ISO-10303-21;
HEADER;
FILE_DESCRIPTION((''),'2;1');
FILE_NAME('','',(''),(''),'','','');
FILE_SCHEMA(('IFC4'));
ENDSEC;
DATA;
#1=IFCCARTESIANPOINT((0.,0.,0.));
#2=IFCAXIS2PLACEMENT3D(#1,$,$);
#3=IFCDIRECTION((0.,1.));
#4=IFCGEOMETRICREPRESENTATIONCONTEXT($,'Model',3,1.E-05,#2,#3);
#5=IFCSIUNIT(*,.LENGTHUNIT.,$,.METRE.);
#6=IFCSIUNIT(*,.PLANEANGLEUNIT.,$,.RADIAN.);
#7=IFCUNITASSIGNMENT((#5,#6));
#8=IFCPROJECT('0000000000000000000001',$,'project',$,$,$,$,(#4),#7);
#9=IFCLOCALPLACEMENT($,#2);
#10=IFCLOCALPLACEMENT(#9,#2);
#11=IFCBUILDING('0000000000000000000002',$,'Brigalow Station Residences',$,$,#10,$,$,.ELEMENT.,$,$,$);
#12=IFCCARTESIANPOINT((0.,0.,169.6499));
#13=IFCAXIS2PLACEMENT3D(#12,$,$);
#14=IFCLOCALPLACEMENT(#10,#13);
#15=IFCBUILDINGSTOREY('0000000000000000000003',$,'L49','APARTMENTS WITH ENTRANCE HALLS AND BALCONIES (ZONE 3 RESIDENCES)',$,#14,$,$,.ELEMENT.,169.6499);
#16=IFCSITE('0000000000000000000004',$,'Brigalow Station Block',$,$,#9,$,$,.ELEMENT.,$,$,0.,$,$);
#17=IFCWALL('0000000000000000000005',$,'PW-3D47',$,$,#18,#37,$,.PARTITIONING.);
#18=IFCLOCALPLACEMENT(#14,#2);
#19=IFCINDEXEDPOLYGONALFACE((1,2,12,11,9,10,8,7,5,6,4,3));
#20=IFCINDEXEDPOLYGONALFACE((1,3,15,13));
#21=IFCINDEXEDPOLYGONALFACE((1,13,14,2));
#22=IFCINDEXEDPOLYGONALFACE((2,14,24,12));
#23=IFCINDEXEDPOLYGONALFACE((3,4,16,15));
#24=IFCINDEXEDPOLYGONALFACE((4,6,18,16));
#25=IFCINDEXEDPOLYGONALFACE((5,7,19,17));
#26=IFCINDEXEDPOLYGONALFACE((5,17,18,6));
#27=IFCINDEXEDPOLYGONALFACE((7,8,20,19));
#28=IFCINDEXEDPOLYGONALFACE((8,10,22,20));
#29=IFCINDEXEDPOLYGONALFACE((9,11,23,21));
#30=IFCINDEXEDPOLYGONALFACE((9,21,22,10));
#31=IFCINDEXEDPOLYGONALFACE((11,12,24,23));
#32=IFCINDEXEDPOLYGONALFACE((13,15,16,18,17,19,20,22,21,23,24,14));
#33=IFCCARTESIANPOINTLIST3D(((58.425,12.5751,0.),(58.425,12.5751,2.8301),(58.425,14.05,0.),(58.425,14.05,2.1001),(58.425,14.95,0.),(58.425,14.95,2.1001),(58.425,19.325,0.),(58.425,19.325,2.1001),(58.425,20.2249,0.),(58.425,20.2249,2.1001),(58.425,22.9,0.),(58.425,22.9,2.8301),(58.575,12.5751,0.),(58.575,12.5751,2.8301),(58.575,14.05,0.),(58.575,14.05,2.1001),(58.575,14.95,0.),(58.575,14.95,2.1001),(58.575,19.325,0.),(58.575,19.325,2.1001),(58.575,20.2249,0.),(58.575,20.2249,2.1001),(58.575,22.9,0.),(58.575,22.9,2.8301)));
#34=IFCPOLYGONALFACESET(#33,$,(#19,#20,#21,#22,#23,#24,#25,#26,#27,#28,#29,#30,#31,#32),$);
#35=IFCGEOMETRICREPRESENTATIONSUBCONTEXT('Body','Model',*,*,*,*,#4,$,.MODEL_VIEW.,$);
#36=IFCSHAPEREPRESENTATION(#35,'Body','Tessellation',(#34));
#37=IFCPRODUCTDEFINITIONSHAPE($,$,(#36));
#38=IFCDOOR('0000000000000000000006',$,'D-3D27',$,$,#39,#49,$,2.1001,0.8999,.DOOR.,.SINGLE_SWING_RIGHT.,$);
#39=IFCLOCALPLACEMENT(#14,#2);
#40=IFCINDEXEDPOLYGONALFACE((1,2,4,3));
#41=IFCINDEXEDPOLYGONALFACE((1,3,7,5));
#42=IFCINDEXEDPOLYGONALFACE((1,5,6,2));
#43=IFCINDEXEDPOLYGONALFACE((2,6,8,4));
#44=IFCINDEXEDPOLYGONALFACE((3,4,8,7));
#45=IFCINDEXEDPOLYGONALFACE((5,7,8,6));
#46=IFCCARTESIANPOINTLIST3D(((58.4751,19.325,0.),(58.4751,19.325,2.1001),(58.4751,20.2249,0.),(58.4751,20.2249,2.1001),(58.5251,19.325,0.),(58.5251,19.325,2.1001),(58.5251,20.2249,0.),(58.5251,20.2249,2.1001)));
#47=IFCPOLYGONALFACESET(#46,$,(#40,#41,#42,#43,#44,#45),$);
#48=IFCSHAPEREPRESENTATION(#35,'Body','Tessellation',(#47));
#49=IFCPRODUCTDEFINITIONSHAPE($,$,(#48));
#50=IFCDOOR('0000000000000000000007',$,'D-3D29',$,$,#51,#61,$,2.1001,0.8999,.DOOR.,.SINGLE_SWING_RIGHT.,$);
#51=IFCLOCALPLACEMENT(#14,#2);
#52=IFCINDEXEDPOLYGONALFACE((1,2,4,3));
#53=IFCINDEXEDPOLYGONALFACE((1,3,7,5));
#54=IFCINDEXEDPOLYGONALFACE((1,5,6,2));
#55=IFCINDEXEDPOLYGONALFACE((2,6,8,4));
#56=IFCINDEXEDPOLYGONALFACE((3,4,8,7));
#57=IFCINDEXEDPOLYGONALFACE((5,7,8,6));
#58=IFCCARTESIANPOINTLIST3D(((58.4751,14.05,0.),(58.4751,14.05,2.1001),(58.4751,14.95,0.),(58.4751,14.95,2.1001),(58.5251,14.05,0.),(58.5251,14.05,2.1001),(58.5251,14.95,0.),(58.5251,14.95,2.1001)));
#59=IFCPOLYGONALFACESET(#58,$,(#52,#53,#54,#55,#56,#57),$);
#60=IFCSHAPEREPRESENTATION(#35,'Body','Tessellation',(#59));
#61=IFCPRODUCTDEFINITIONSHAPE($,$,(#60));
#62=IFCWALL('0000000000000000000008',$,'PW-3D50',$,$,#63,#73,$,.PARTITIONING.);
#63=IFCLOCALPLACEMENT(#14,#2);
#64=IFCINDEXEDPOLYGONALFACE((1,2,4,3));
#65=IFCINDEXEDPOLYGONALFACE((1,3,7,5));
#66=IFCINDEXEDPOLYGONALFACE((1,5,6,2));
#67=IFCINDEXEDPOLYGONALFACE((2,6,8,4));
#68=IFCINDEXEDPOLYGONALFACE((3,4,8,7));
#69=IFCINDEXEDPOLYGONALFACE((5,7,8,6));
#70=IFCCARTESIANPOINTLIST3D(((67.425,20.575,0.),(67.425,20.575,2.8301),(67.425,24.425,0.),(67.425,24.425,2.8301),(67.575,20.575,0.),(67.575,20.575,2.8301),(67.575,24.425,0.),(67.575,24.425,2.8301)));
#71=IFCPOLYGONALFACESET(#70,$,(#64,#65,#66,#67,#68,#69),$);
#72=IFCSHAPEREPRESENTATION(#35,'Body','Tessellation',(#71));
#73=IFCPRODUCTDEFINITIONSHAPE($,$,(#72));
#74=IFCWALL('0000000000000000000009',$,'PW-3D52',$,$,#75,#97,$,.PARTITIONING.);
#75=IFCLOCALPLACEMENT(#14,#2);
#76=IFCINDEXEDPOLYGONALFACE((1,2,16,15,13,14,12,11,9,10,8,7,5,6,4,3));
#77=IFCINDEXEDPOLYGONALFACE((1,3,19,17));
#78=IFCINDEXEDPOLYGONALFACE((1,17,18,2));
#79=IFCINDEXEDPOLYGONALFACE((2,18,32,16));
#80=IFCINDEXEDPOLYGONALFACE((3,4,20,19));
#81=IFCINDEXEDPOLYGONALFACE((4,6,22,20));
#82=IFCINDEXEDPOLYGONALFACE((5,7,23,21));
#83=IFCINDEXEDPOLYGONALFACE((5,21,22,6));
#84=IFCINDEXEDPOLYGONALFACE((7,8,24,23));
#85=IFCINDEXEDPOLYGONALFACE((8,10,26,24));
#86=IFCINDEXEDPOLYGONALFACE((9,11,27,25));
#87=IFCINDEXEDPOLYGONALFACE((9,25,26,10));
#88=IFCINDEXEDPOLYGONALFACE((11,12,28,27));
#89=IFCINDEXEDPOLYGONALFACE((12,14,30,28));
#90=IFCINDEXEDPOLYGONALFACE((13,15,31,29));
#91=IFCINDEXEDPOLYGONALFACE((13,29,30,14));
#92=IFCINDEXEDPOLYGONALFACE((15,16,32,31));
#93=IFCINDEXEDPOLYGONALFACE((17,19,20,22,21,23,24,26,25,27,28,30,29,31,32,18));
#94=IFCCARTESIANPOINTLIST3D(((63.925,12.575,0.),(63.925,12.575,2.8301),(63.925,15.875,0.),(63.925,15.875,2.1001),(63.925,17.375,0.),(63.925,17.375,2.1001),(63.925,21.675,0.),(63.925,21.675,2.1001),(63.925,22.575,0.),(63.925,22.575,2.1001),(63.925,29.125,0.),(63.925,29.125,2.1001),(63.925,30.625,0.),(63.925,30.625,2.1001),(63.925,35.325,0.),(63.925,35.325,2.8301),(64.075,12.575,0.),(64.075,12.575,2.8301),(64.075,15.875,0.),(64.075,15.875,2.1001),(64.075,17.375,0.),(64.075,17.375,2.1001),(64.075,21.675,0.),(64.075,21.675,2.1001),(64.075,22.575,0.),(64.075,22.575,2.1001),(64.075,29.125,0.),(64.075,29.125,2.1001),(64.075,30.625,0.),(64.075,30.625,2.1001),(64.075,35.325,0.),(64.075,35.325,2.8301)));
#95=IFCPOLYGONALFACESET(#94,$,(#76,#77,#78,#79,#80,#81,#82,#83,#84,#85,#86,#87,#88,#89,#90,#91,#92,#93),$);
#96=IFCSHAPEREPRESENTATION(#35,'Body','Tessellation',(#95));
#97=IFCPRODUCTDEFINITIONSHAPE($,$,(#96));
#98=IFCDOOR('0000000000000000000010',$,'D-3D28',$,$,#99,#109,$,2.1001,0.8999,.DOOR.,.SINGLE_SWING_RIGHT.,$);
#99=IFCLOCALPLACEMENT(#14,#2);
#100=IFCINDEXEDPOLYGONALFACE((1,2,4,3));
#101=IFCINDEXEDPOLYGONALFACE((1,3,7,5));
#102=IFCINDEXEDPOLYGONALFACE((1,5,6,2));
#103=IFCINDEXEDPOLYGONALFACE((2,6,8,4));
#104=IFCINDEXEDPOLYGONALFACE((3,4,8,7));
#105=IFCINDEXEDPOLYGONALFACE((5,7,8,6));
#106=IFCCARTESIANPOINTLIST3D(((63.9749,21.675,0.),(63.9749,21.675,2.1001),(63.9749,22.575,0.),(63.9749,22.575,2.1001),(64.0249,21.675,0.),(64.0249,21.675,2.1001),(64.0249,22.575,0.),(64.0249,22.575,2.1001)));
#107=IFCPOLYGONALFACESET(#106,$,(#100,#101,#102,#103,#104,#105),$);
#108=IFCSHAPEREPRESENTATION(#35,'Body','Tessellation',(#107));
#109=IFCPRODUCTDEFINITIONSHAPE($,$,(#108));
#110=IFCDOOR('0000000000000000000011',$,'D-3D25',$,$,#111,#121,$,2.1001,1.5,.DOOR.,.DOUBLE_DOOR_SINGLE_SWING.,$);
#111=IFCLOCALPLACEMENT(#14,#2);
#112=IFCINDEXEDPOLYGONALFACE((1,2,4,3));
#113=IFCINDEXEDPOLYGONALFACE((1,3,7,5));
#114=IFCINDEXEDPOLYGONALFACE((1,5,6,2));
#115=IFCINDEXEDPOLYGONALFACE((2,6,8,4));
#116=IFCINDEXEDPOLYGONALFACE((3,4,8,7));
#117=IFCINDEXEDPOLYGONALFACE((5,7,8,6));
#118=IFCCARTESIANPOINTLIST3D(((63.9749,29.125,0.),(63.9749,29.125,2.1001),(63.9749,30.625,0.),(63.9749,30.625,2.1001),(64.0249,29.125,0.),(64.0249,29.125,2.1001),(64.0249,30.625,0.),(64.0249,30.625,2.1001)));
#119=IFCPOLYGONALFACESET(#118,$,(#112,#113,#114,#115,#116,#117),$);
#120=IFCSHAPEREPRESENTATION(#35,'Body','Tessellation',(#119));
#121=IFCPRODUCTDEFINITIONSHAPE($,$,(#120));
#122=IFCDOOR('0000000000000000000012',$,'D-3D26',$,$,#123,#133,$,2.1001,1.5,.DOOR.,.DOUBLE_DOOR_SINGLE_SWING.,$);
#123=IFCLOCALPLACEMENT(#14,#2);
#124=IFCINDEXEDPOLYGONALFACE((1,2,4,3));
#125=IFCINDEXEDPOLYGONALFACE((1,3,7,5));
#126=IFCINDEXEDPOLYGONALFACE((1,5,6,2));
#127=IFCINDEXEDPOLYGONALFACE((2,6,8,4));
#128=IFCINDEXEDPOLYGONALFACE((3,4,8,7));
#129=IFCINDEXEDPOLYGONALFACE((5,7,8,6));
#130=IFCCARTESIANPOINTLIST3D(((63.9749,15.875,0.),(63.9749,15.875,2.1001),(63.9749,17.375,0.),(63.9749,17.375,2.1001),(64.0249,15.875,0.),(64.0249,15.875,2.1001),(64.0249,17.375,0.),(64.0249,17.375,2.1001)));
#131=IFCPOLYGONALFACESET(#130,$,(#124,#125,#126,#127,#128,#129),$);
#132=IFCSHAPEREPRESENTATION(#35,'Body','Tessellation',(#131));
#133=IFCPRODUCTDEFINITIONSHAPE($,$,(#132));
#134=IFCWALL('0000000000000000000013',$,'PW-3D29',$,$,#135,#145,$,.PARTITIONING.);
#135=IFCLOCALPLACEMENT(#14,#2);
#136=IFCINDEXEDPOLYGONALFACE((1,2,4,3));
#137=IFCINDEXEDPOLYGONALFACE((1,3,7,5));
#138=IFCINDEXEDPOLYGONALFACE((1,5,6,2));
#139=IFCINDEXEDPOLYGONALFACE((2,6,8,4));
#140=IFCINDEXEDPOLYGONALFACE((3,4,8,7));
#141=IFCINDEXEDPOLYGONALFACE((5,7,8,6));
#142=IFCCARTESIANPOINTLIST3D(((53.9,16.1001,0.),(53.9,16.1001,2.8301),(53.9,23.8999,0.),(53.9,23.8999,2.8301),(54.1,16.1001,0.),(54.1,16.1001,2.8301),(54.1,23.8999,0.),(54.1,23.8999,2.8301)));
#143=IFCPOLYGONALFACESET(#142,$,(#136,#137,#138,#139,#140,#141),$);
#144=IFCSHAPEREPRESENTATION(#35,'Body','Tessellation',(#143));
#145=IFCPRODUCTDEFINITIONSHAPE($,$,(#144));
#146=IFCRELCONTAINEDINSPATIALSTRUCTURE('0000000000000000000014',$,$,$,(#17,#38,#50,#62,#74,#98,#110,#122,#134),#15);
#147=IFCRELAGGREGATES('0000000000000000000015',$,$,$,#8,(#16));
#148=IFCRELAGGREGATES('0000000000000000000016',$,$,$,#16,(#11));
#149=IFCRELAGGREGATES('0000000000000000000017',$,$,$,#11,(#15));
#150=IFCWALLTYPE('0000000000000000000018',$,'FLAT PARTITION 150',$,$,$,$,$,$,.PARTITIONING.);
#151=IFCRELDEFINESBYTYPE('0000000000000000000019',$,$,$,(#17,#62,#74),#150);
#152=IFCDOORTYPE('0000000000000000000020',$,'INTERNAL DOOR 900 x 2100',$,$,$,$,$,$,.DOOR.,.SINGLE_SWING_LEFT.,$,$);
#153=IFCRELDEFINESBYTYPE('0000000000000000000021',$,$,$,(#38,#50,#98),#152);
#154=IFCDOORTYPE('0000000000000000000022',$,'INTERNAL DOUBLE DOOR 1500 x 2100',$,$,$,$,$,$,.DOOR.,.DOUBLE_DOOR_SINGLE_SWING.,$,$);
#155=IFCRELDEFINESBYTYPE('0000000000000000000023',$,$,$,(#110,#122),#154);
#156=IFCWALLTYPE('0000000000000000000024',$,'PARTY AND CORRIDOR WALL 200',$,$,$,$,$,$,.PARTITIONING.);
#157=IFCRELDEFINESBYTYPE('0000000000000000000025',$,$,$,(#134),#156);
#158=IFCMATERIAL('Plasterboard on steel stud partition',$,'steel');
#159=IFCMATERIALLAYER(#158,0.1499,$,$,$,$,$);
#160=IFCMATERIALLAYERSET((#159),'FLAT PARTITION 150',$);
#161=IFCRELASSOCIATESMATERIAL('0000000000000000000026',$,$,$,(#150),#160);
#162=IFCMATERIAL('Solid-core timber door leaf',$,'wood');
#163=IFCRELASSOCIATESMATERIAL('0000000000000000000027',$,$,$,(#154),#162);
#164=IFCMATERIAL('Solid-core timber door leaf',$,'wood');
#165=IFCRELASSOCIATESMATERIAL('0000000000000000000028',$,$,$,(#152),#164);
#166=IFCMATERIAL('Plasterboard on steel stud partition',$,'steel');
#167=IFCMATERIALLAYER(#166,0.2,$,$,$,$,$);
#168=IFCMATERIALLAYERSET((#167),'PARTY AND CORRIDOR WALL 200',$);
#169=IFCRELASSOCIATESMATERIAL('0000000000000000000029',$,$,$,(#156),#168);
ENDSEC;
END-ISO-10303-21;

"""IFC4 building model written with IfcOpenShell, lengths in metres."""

from ifc_helpers import new_model, si_unit, direction, frame, frame_2d, origin, place, context, subcontext, project, spatial, rectangle, extrude, material, layer, layer_set, type_object, element, fill, save


model = new_model("IFC4")

# Units and contexts
model_context = context("Model", 3, precision=1e-05, world=origin(), true_north=direction((0.0, 1.0)))
body_context = subcontext(model_context, "Body", "Model", "MODEL_VIEW")
ifc_project = project(units=[si_unit("LENGTHUNIT", "METRE"), si_unit("PLANEANGLEUNIT", "RADIAN")], contexts=[model_context])

# Site, building, storey
site_placement = place(None, origin())
site = spatial("IfcSite", under=ifc_project, at=site_placement, Name="Brigalow Station Block", CompositionType="ELEMENT", RefElevation=0.0)
building_placement = place(site_placement, origin())
building = spatial("IfcBuilding", under=site, at=building_placement, Name="Brigalow Station Residences", CompositionType="ELEMENT")
storey_placement = place(building_placement, frame((0.0, 0.0, 169.6499)))
storey = spatial("IfcBuildingStorey", under=building, at=storey_placement, Name="L49", Description="APARTMENTS WITH ENTRANCE HALLS AND BALCONIES (ZONE 3 RESIDENCES)", CompositionType="ELEMENT", Elevation=169.6499)

# Shared definitions
ifc_material_1 = material(Name="Plasterboard on steel stud partition", Category="steel")
ifc_layer_1 = layer(ifc_material_1, 0.1499)
ifc_layer_set_1 = layer_set([ifc_layer_1], Name="FLAT PARTITION 150")
wall_type_1 = type_object("IfcWallType", Name="FLAT PARTITION 150", PredefinedType="PARTITIONING", material=ifc_layer_set_1)
ifc_material_2 = material(Name="Solid-core timber door leaf", Category="wood")
door_type_1 = type_object("IfcDoorType", Name="INTERNAL DOUBLE DOOR 1500 x 2100", OperationType="DOUBLE_DOOR_SINGLE_SWING", PredefinedType="DOOR", material=ifc_material_2)

# Wall, openings, doors
wall_1_placement = place(storey_placement, frame((58.5, 12.575, 0.0), z_axis=(0.0, 0.0, 1.0), x_axis=(0.0, 1.0, 0.0)))
wall_1 = element("IfcWall", 1, at=wall_1_placement, inside=storey, type_object=wall_type_1, Name="PW-3D47", PredefinedType="PARTITIONING", context=body_context, shape_type="SweptSolid", body=[
    extrude(rectangle(XDim=10.325, YDim=0.1499, at=frame_2d((5.1626, 0.0))), origin(), (0.0, 0.0, 1.0), 2.8301),
])
opening_1_placement = place(wall_1_placement, frame((6.75, 0.0, 0.0)))
opening_1 = element("IfcOpeningElement", 2, at=opening_1_placement, cuts=wall_1, PredefinedType="OPENING", context=body_context, shape_type="SweptSolid", body=[
    extrude(rectangle(XDim=0.8999, YDim=2.1001, at=frame_2d((0.45, 1.05))), frame((0.0, 0.085, 0.0), z_axis=(0.0, -1.0, 0.0), x_axis=(1.0, 0.0, 0.0)), (0.0, 0.0, 1.0), 0.1699),
])
opening_2_placement = place(wall_1_placement, frame((1.4751, 0.0, 0.0)))
opening_2 = element("IfcOpeningElement", 3, at=opening_2_placement, cuts=wall_1, PredefinedType="OPENING", context=body_context, shape_type="SweptSolid", body=[
    extrude(rectangle(XDim=0.8999, YDim=2.1001, at=frame_2d((0.45, 1.05))), frame((0.0, 0.085, 0.0), z_axis=(0.0, -1.0, 0.0), x_axis=(1.0, 0.0, 0.0)), (0.0, 0.0, 1.0), 0.1699),
])
ifc_material_3 = material(Name="Solid-core timber door leaf", Category="wood")
door_type_2 = type_object("IfcDoorType", Name="INTERNAL DOOR 900 x 2100", OperationType="SINGLE_SWING_LEFT", PredefinedType="DOOR", material=ifc_material_3)
door_1_placement = place(opening_1_placement, origin())
door_1 = element("IfcDoor", 4, at=door_1_placement, inside=storey, type_object=door_type_2, Name="D-3D27", OperationType="SINGLE_SWING_RIGHT", OverallHeight=2.1001, OverallWidth=0.8999, PredefinedType="DOOR", context=body_context, shape_type="SweptSolid", body=[
    extrude(rectangle(XDim=0.8999, YDim=2.1001, at=frame_2d((0.45, 1.05))), frame((0.0, 0.0249, 0.0), z_axis=(0.0, -1.0, 0.0), x_axis=(1.0, 0.0, 0.0)), (0.0, 0.0, 1.0), 0.05),
])
fill(opening_1, door_1)
door_2_placement = place(opening_2_placement, origin())
door_2 = element("IfcDoor", 5, at=door_2_placement, inside=storey, type_object=door_type_2, Name="D-3D29", OperationType="SINGLE_SWING_RIGHT", OverallHeight=2.1001, OverallWidth=0.8999, PredefinedType="DOOR", context=body_context, shape_type="SweptSolid", body=[
    extrude(rectangle(XDim=0.8999, YDim=2.1001, at=frame_2d((0.45, 1.05))), frame((0.0, 0.0249, 0.0), z_axis=(0.0, -1.0, 0.0), x_axis=(1.0, 0.0, 0.0)), (0.0, 0.0, 1.0), 0.05),
])
fill(opening_2, door_2)

# Wall
wall_2_placement = place(storey_placement, frame((67.5, 20.575, 0.0), z_axis=(0.0, 0.0, 1.0), x_axis=(0.0, 1.0, 0.0)))
element("IfcWall", 6, at=wall_2_placement, inside=storey, type_object=wall_type_1, Name="PW-3D50", PredefinedType="PARTITIONING", context=body_context, shape_type="SweptSolid", body=[
    extrude(rectangle(XDim=3.8501, YDim=0.1499, at=frame_2d((1.925, 0.0))), origin(), (0.0, 0.0, 1.0), 2.8301),
])

# Wall, openings, doors
wall_3_placement = place(storey_placement, frame((64.0, 12.575, 0.0), z_axis=(0.0, 0.0, 1.0), x_axis=(0.0, 1.0, 0.0)))
wall_3 = element("IfcWall", 7, at=wall_3_placement, inside=storey, type_object=wall_type_1, Name="PW-3D52", PredefinedType="PARTITIONING", context=body_context, shape_type="SweptSolid", body=[
    extrude(rectangle(XDim=22.75, YDim=0.1499, at=frame_2d((11.375, 0.0))), origin(), (0.0, 0.0, 1.0), 2.8301),
])
opening_3_placement = place(wall_3_placement, frame((16.55, 0.0, 0.0)))
opening_3 = element("IfcOpeningElement", 8, at=opening_3_placement, cuts=wall_3, PredefinedType="OPENING", context=body_context, shape_type="SweptSolid", body=[
    extrude(rectangle(XDim=1.5, YDim=2.1001, at=frame_2d((0.75, 1.05))), frame((0.0, 0.085, 0.0), z_axis=(0.0, -1.0, 0.0), x_axis=(1.0, 0.0, 0.0)), (0.0, 0.0, 1.0), 0.1699),
])
opening_4_placement = place(wall_3_placement, frame((3.3, 0.0, 0.0)))
opening_4 = element("IfcOpeningElement", 9, at=opening_4_placement, cuts=wall_3, PredefinedType="OPENING", context=body_context, shape_type="SweptSolid", body=[
    extrude(rectangle(XDim=1.5, YDim=2.1001, at=frame_2d((0.75, 1.05))), frame((0.0, 0.085, 0.0), z_axis=(0.0, -1.0, 0.0), x_axis=(1.0, 0.0, 0.0)), (0.0, 0.0, 1.0), 0.1699),
])
opening_5_placement = place(wall_3_placement, frame((9.1001, 0.0, 0.0)))
opening_5 = element("IfcOpeningElement", 10, at=opening_5_placement, cuts=wall_3, PredefinedType="OPENING", context=body_context, shape_type="SweptSolid", body=[
    extrude(rectangle(XDim=0.8999, YDim=2.1001, at=frame_2d((0.45, 1.05))), frame((0.0, 0.085, 0.0), z_axis=(0.0, -1.0, 0.0), x_axis=(1.0, 0.0, 0.0)), (0.0, 0.0, 1.0), 0.1699),
])
door_3_placement = place(opening_5_placement, frame((0.8999, 0.0, 0.0), z_axis=(0.0, 0.0, 1.0), x_axis=(-1.0, 0.0, 0.0)))
door_3 = element("IfcDoor", 11, at=door_3_placement, inside=storey, type_object=door_type_2, Name="D-3D28", OperationType="SINGLE_SWING_RIGHT", OverallHeight=2.1001, OverallWidth=0.8999, PredefinedType="DOOR", context=body_context, shape_type="SweptSolid", body=[
    extrude(rectangle(XDim=0.8999, YDim=2.1001, at=frame_2d((0.45, 1.05))), frame((0.0, 0.0249, 0.0), z_axis=(0.0, -1.0, 0.0), x_axis=(1.0, 0.0, 0.0)), (0.0, 0.0, 1.0), 0.05),
])
fill(opening_5, door_3)
door_4_placement = place(opening_3_placement, frame((1.5, 0.0, 0.0), z_axis=(0.0, 0.0, 1.0), x_axis=(-1.0, 0.0, 0.0)))
door_4 = element("IfcDoor", 12, at=door_4_placement, inside=storey, type_object=door_type_1, Name="D-3D25", OperationType="DOUBLE_DOOR_SINGLE_SWING", OverallHeight=2.1001, OverallWidth=1.5, PredefinedType="DOOR", context=body_context, shape_type="SweptSolid", body=[
    extrude(rectangle(XDim=1.5, YDim=2.1001, at=frame_2d((0.75, 1.05))), frame((0.0, 0.0249, 0.0), z_axis=(0.0, -1.0, 0.0), x_axis=(1.0, 0.0, 0.0)), (0.0, 0.0, 1.0), 0.05),
])
fill(opening_3, door_4)
door_5_placement = place(opening_4_placement, frame((1.5, 0.0, 0.0), z_axis=(0.0, 0.0, 1.0), x_axis=(-1.0, 0.0, 0.0)))
door_5 = element("IfcDoor", 13, at=door_5_placement, inside=storey, type_object=door_type_1, Name="D-3D26", OperationType="DOUBLE_DOOR_SINGLE_SWING", OverallHeight=2.1001, OverallWidth=1.5, PredefinedType="DOOR", context=body_context, shape_type="SweptSolid", body=[
    extrude(rectangle(XDim=1.5, YDim=2.1001, at=frame_2d((0.75, 1.05))), frame((0.0, 0.0249, 0.0), z_axis=(0.0, -1.0, 0.0), x_axis=(1.0, 0.0, 0.0)), (0.0, 0.0, 1.0), 0.05),
])
fill(opening_4, door_5)

# Wall
ifc_material_4 = material(Name="Plasterboard on steel stud partition", Category="steel")
ifc_layer_2 = layer(ifc_material_4, 0.2)
ifc_layer_set_2 = layer_set([ifc_layer_2], Name="PARTY AND CORRIDOR WALL 200")
wall_type_2 = type_object("IfcWallType", Name="PARTY AND CORRIDOR WALL 200", PredefinedType="PARTITIONING", material=ifc_layer_set_2)
wall_4_placement = place(storey_placement, frame((54.0, 16.1001, 0.0), z_axis=(0.0, 0.0, 1.0), x_axis=(0.0, 1.0, 0.0)))
element("IfcWall", 14, at=wall_4_placement, inside=storey, type_object=wall_type_2, Name="PW-3D29", PredefinedType="PARTITIONING", context=body_context, shape_type="SweptSolid", body=[
    extrude(rectangle(XDim=7.7998, YDim=0.2, at=frame_2d((3.8999, 0.0))), origin(), (0.0, 0.0, 1.0), 2.8301),
])

save(model, "model.ifc")
